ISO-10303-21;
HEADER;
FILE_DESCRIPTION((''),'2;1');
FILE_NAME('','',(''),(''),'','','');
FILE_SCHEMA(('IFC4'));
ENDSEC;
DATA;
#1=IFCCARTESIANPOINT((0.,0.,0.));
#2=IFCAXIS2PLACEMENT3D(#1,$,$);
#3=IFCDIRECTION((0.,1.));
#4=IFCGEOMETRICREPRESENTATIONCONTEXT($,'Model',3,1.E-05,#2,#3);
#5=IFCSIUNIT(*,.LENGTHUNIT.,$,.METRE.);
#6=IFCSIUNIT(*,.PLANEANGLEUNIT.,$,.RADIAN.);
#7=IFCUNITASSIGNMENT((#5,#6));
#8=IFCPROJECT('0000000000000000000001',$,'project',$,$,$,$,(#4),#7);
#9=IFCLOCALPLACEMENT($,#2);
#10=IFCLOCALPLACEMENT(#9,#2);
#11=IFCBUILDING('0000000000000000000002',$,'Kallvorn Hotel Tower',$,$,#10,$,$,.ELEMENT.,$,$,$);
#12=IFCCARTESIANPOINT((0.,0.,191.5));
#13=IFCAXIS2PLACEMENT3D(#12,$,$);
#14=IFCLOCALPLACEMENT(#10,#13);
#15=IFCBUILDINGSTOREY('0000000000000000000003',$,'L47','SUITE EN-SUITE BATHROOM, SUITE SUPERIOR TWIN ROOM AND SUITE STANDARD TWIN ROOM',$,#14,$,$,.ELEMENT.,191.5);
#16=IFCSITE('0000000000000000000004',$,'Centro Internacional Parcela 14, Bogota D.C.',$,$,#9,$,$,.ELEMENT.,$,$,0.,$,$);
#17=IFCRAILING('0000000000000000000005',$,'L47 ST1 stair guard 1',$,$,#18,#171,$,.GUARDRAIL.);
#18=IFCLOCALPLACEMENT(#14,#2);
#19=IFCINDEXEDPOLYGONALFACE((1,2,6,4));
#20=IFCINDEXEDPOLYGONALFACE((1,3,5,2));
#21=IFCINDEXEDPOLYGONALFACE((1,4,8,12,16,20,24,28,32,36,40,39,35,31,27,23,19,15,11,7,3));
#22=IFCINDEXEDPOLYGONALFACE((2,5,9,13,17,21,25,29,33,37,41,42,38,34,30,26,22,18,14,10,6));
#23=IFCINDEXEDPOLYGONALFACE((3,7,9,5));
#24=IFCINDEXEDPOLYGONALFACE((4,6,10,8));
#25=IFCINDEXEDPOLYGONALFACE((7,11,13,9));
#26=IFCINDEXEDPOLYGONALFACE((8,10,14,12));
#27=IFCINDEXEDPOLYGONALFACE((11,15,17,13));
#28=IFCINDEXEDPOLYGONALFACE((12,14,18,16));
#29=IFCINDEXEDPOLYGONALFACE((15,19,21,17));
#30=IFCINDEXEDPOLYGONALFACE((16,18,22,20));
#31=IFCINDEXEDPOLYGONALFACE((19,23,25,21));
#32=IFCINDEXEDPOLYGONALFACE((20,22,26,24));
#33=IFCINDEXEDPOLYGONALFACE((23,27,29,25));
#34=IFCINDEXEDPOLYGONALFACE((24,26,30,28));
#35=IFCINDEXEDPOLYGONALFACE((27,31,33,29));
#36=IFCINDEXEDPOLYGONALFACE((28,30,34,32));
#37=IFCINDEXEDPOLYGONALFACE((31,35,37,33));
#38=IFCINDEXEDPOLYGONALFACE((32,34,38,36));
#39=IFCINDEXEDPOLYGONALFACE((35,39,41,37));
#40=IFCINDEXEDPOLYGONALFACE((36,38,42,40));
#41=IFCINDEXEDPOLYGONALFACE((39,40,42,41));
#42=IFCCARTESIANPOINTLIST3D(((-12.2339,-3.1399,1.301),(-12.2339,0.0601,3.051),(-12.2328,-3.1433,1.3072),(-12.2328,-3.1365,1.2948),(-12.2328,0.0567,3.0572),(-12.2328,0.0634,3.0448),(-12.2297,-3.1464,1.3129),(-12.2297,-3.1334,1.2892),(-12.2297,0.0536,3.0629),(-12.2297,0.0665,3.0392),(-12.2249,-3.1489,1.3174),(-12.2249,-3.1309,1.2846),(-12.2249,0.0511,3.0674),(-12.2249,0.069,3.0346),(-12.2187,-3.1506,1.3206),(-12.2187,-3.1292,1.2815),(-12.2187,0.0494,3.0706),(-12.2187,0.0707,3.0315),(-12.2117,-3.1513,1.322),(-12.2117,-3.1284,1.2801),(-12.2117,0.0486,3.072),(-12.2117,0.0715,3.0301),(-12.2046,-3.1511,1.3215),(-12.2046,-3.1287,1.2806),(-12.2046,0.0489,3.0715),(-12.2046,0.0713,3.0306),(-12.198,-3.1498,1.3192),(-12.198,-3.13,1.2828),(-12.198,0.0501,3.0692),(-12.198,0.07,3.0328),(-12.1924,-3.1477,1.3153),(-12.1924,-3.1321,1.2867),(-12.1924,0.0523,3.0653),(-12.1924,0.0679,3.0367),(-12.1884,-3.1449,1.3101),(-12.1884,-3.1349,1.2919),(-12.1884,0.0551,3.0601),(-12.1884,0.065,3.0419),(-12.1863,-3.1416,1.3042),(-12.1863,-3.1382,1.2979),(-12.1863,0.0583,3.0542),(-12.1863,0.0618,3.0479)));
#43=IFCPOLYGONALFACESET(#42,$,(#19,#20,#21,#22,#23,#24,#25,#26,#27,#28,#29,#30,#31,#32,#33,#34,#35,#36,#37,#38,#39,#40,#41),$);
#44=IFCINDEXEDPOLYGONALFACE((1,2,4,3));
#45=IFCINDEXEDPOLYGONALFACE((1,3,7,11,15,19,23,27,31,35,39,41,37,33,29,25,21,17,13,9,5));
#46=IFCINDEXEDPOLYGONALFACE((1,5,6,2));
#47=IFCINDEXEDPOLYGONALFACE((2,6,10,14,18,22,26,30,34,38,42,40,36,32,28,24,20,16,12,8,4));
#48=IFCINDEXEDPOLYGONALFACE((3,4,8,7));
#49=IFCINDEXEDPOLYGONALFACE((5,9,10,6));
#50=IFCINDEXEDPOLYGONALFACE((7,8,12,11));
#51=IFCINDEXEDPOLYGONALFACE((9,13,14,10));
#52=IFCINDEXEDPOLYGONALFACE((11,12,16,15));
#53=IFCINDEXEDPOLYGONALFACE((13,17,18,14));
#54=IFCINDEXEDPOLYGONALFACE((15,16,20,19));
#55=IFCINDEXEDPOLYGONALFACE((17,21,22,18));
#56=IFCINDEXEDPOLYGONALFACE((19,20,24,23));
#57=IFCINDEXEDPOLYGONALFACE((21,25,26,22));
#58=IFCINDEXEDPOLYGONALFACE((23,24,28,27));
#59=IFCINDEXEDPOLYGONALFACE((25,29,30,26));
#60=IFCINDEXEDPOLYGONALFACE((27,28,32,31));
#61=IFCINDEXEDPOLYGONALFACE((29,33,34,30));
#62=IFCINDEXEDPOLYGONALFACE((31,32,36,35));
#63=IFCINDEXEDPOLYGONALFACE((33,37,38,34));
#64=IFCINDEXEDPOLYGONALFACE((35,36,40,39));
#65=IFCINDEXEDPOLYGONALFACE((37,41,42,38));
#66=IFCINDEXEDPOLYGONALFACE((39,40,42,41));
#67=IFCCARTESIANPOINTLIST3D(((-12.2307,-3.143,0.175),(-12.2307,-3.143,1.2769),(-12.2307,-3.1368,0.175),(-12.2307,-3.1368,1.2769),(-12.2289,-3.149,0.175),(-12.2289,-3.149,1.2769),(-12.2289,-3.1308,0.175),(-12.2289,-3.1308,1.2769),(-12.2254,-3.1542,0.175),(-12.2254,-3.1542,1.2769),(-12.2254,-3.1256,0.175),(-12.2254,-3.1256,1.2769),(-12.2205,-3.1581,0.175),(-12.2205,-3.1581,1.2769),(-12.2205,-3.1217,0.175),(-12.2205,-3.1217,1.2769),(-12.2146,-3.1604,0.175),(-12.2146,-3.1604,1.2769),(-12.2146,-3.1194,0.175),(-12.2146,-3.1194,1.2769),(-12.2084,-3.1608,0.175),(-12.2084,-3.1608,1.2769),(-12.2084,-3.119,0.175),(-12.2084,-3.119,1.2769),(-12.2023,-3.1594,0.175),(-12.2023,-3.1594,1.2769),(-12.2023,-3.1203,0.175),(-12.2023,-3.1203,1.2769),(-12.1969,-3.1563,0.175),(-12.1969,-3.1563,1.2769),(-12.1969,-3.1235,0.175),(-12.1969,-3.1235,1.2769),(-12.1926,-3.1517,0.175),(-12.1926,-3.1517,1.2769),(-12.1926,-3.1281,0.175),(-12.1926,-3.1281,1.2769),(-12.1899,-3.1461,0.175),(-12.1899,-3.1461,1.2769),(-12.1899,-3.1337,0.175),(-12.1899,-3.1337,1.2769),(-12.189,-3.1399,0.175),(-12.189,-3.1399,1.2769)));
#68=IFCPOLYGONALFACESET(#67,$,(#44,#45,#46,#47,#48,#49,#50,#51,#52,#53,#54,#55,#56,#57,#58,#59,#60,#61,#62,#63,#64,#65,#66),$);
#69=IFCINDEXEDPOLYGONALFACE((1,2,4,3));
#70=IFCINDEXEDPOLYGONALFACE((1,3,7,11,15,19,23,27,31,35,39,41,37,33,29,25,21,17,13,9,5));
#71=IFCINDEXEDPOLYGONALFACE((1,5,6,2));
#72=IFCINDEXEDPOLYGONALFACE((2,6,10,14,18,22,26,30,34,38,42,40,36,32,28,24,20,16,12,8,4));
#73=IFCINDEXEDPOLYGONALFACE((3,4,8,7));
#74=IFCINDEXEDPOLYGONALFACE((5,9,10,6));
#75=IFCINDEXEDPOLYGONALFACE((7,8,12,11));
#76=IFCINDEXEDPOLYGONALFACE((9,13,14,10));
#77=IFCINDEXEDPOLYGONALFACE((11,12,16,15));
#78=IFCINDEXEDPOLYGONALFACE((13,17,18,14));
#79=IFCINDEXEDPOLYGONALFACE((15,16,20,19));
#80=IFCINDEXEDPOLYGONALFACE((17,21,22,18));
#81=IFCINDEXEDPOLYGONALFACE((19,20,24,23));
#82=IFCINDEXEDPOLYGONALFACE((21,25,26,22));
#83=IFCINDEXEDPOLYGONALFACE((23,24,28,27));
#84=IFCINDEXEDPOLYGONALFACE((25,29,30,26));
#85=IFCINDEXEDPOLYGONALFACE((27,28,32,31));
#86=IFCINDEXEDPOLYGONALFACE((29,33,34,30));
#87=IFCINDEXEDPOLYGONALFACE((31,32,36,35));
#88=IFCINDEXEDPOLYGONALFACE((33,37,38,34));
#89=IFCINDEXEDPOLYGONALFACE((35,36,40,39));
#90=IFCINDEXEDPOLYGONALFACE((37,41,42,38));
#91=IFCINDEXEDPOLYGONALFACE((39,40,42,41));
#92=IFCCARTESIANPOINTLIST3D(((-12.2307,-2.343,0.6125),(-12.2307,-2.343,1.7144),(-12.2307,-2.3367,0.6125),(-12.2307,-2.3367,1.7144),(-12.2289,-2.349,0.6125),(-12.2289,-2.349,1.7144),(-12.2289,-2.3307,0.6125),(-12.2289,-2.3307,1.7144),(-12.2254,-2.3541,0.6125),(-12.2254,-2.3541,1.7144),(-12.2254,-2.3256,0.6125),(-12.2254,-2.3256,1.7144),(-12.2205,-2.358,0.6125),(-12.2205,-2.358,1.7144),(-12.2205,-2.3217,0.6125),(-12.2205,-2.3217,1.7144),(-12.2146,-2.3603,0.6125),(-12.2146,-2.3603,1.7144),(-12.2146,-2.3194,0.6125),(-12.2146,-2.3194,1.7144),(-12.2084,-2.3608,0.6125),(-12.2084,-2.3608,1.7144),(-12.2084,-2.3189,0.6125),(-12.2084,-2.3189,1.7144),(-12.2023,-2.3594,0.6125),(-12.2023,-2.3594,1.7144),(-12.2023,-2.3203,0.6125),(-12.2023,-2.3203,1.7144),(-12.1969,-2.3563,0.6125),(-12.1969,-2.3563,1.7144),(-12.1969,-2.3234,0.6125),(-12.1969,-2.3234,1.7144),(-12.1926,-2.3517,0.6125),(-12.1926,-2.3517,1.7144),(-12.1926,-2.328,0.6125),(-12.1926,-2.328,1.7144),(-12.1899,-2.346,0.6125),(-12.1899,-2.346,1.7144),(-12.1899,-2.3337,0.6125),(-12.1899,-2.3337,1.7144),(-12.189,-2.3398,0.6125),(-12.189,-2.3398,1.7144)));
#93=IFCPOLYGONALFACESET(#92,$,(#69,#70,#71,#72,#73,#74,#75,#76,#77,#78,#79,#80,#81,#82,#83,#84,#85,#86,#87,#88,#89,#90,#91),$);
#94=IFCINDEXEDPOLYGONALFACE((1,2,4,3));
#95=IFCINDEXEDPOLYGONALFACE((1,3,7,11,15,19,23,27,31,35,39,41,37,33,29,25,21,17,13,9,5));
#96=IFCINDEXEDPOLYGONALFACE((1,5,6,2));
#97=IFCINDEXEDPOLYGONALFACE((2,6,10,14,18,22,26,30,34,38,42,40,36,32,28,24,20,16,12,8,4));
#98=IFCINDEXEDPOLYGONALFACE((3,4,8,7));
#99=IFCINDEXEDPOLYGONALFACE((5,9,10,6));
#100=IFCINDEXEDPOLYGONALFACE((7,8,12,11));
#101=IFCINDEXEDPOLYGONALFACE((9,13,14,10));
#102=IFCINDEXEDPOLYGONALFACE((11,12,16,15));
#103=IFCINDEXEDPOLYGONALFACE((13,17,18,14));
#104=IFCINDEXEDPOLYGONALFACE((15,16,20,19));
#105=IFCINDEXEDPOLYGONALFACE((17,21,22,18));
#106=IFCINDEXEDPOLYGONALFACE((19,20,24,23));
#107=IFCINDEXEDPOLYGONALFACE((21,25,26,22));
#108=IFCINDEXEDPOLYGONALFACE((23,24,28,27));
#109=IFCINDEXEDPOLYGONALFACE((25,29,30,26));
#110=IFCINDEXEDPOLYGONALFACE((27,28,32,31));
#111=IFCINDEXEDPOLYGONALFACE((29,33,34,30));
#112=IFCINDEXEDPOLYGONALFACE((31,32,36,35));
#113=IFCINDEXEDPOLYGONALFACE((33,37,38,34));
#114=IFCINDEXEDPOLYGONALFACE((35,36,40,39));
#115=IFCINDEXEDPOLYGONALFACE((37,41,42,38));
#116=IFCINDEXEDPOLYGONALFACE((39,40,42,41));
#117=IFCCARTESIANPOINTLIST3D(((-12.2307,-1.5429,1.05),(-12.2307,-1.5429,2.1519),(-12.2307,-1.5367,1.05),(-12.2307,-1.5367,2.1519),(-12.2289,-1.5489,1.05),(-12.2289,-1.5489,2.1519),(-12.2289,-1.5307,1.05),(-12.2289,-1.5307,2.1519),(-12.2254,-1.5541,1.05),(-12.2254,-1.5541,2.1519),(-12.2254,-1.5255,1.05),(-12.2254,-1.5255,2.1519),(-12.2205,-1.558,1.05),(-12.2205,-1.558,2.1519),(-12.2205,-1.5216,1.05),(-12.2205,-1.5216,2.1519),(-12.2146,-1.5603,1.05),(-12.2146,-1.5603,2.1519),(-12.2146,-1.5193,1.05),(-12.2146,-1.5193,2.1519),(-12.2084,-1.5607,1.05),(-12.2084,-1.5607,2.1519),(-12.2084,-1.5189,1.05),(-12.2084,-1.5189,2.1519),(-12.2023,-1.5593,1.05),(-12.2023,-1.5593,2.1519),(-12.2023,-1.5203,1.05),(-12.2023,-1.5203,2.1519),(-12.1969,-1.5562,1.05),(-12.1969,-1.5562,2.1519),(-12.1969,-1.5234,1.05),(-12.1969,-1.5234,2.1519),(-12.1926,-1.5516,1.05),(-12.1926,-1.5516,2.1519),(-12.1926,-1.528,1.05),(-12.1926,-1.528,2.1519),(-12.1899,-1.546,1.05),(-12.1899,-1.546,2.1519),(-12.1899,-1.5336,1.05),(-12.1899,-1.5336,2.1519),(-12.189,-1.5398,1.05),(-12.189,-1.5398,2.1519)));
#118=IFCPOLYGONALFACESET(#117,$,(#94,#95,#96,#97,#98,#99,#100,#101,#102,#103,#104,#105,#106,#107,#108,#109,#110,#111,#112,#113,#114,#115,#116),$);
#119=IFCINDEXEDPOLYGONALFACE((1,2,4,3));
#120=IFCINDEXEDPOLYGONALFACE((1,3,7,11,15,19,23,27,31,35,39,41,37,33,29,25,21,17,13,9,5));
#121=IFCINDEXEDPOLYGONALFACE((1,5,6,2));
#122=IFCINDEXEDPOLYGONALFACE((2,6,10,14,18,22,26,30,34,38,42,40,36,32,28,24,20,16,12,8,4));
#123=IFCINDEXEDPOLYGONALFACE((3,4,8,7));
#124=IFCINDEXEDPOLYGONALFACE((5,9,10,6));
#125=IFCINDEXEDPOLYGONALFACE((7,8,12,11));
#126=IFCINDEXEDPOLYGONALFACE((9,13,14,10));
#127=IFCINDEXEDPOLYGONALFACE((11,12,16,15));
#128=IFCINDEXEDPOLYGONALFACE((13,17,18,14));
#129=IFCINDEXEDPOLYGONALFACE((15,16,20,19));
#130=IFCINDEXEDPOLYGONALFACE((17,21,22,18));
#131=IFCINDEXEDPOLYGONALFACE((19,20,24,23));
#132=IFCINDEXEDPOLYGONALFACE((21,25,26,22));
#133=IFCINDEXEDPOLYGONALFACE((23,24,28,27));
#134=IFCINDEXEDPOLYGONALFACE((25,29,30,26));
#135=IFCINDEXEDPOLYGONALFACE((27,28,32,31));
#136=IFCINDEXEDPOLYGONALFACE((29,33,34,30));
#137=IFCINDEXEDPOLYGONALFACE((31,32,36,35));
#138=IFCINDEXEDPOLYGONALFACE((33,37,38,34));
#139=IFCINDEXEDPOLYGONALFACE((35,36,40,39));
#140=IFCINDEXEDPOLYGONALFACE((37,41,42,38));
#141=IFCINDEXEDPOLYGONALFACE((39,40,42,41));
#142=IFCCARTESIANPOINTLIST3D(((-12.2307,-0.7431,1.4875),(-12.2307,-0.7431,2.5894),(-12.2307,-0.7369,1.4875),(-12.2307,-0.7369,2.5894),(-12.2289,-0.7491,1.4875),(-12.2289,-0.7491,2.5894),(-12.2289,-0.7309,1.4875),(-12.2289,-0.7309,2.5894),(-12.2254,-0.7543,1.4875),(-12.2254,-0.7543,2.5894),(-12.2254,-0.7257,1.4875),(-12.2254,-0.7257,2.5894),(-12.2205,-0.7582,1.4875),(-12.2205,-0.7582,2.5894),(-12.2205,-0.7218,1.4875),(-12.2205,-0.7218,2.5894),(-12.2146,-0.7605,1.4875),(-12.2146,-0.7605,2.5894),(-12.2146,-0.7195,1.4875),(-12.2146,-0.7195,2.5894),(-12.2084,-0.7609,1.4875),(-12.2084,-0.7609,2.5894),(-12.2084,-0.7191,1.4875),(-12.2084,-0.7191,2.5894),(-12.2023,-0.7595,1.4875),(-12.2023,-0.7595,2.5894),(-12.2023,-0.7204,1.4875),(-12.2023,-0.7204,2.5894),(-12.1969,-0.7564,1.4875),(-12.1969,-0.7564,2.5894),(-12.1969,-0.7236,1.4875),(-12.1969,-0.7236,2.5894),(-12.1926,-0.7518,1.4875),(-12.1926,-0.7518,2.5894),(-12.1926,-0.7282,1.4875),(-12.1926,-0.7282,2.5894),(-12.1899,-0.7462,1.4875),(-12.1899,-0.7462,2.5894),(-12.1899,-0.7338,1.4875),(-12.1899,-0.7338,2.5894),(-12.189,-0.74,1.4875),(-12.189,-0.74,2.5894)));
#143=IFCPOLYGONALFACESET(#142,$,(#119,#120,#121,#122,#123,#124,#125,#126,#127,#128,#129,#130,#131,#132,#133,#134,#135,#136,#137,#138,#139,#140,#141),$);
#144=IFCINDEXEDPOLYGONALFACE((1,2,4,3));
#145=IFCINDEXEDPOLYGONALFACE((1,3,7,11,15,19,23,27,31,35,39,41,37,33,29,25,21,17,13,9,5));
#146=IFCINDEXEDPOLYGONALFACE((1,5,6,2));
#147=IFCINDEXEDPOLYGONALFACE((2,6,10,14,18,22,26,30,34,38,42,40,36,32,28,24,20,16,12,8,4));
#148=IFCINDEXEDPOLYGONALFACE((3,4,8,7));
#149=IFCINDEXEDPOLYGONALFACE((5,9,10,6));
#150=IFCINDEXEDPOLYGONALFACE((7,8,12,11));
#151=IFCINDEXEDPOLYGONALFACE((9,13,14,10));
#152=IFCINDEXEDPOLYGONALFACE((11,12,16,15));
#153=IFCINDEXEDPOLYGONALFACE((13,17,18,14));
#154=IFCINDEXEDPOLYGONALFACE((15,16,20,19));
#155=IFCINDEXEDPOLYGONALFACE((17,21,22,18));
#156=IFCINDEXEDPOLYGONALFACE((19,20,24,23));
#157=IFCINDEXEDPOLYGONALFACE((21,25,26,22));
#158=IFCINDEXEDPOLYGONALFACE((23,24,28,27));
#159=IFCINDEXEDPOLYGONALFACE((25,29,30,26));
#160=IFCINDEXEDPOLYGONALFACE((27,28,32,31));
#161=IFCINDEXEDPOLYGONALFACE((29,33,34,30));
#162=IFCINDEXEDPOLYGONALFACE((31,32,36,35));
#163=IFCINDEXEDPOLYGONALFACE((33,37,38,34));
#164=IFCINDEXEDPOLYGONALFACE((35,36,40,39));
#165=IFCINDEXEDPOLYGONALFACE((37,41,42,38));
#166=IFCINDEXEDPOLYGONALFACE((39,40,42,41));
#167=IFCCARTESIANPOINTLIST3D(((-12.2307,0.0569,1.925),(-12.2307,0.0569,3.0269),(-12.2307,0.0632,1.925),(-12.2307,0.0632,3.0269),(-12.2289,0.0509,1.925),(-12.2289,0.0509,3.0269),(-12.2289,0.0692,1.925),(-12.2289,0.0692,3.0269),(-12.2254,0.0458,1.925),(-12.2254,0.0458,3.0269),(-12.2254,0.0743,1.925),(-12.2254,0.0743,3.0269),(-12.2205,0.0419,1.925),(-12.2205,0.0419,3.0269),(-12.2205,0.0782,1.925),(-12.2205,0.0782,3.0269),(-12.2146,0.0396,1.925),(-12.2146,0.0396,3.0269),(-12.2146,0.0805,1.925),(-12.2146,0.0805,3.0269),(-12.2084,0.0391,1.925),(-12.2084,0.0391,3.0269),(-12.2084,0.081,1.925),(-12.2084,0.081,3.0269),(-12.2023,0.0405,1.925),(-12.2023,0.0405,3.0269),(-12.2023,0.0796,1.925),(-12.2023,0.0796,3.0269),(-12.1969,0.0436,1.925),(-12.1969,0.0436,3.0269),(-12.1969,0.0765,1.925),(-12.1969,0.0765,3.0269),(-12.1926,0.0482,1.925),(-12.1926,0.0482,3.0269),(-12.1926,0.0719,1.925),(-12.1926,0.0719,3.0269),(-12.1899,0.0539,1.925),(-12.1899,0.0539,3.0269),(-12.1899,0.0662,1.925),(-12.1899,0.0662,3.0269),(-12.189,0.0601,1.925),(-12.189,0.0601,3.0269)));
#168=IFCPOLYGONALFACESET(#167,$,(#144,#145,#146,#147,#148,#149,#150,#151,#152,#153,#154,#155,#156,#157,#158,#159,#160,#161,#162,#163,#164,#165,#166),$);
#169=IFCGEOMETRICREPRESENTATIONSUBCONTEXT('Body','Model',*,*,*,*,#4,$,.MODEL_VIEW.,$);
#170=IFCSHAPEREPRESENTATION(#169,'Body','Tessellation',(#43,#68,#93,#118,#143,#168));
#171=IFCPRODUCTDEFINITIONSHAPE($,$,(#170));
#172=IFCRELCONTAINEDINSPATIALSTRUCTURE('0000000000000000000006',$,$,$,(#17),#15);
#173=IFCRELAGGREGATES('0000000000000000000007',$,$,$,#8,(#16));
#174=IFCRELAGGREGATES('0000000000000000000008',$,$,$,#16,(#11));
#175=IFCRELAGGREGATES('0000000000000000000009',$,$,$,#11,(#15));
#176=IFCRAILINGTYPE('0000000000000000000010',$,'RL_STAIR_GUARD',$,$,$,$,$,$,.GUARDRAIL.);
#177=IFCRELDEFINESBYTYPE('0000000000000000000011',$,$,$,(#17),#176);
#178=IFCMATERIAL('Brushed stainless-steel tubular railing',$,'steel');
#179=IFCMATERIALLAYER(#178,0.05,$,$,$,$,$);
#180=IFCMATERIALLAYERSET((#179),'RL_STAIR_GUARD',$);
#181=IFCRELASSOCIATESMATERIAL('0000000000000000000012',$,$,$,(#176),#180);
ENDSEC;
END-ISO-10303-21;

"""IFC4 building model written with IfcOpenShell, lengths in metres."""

from ifc_helpers import new_model, si_unit, direction, frame, origin, origin_2d, place, context, subcontext, project, spatial, circle, extrude, material, layer, layer_set, type_object, element, save


model = new_model("IFC4")

# Units and contexts
model_context = context("Model", 3, precision=1e-05, world=origin(), true_north=direction((0.0, 1.0)))
body_context = subcontext(model_context, "Body", "Model", "MODEL_VIEW")
ifc_project = project(units=[si_unit("LENGTHUNIT", "METRE"), si_unit("PLANEANGLEUNIT", "RADIAN")], contexts=[model_context])

# Site, building, storey
site_placement = place(None, origin())
site = spatial("IfcSite", under=ifc_project, at=site_placement, Name="Centro Internacional Parcela 14, Bogota D.C.", CompositionType="ELEMENT", RefElevation=0.0)
building_placement = place(site_placement, origin())
building = spatial("IfcBuilding", under=site, at=building_placement, Name="Kallvorn Hotel Tower", CompositionType="ELEMENT")
storey_placement = place(building_placement, frame((0.0, 0.0, 191.5)))
storey = spatial("IfcBuildingStorey", under=building, at=storey_placement, Name="L47", Description="SUITE EN-SUITE BATHROOM, SUITE SUPERIOR TWIN ROOM AND SUITE STANDARD TWIN ROOM", CompositionType="ELEMENT", Elevation=191.5)

# Railing
ifc_material_1 = material(Name="Brushed stainless-steel tubular railing", Category="steel")
ifc_layer_1 = layer(ifc_material_1, 0.05)
ifc_layer_set_1 = layer_set([ifc_layer_1], Name="RL_STAIR_GUARD")
railing_type_1 = type_object("IfcRailingType", Name="RL_STAIR_GUARD", PredefinedType="GUARDRAIL", material=ifc_layer_set_1)
railing_1_placement = place(storey_placement, frame((-12.21, -3.1399, 0.175)))
element("IfcRailing", 1, at=railing_1_placement, inside=storey, type_object=railing_type_1, Name="L47 ST1 stair guard 1", PredefinedType="GUARDRAIL", context=body_context, shape_type="SweptSolid", body=[
    extrude(circle(Radius=0.0239, at=origin_2d()), frame((0.0, 0.0, 1.126), z_axis=(0.0, 0.877368, 0.479818), x_axis=(-1.0, 0.0, 0.0)), (0.0, 0.0, 1.0), 3.6472),
    extrude(circle(Radius=0.021, at=origin_2d()), origin(), (0.0, 0.0, 1.0), 1.1018),
    extrude(circle(Radius=0.021, at=origin_2d()), frame((0.0, 0.8, 0.4375)), (0.0, 0.0, 1.0), 1.1018),
    extrude(circle(Radius=0.021, at=origin_2d()), frame((0.0, 1.6001, 0.875)), (0.0, 0.0, 1.0), 1.1018),
    extrude(circle(Radius=0.021, at=origin_2d()), frame((0.0, 2.3999, 1.3125)), (0.0, 0.0, 1.0), 1.1018),
    extrude(circle(Radius=0.021, at=origin_2d()), frame((0.0, 3.2, 1.75)), (0.0, 0.0, 1.0), 1.1018),
])

save(model, "model.ifc")
